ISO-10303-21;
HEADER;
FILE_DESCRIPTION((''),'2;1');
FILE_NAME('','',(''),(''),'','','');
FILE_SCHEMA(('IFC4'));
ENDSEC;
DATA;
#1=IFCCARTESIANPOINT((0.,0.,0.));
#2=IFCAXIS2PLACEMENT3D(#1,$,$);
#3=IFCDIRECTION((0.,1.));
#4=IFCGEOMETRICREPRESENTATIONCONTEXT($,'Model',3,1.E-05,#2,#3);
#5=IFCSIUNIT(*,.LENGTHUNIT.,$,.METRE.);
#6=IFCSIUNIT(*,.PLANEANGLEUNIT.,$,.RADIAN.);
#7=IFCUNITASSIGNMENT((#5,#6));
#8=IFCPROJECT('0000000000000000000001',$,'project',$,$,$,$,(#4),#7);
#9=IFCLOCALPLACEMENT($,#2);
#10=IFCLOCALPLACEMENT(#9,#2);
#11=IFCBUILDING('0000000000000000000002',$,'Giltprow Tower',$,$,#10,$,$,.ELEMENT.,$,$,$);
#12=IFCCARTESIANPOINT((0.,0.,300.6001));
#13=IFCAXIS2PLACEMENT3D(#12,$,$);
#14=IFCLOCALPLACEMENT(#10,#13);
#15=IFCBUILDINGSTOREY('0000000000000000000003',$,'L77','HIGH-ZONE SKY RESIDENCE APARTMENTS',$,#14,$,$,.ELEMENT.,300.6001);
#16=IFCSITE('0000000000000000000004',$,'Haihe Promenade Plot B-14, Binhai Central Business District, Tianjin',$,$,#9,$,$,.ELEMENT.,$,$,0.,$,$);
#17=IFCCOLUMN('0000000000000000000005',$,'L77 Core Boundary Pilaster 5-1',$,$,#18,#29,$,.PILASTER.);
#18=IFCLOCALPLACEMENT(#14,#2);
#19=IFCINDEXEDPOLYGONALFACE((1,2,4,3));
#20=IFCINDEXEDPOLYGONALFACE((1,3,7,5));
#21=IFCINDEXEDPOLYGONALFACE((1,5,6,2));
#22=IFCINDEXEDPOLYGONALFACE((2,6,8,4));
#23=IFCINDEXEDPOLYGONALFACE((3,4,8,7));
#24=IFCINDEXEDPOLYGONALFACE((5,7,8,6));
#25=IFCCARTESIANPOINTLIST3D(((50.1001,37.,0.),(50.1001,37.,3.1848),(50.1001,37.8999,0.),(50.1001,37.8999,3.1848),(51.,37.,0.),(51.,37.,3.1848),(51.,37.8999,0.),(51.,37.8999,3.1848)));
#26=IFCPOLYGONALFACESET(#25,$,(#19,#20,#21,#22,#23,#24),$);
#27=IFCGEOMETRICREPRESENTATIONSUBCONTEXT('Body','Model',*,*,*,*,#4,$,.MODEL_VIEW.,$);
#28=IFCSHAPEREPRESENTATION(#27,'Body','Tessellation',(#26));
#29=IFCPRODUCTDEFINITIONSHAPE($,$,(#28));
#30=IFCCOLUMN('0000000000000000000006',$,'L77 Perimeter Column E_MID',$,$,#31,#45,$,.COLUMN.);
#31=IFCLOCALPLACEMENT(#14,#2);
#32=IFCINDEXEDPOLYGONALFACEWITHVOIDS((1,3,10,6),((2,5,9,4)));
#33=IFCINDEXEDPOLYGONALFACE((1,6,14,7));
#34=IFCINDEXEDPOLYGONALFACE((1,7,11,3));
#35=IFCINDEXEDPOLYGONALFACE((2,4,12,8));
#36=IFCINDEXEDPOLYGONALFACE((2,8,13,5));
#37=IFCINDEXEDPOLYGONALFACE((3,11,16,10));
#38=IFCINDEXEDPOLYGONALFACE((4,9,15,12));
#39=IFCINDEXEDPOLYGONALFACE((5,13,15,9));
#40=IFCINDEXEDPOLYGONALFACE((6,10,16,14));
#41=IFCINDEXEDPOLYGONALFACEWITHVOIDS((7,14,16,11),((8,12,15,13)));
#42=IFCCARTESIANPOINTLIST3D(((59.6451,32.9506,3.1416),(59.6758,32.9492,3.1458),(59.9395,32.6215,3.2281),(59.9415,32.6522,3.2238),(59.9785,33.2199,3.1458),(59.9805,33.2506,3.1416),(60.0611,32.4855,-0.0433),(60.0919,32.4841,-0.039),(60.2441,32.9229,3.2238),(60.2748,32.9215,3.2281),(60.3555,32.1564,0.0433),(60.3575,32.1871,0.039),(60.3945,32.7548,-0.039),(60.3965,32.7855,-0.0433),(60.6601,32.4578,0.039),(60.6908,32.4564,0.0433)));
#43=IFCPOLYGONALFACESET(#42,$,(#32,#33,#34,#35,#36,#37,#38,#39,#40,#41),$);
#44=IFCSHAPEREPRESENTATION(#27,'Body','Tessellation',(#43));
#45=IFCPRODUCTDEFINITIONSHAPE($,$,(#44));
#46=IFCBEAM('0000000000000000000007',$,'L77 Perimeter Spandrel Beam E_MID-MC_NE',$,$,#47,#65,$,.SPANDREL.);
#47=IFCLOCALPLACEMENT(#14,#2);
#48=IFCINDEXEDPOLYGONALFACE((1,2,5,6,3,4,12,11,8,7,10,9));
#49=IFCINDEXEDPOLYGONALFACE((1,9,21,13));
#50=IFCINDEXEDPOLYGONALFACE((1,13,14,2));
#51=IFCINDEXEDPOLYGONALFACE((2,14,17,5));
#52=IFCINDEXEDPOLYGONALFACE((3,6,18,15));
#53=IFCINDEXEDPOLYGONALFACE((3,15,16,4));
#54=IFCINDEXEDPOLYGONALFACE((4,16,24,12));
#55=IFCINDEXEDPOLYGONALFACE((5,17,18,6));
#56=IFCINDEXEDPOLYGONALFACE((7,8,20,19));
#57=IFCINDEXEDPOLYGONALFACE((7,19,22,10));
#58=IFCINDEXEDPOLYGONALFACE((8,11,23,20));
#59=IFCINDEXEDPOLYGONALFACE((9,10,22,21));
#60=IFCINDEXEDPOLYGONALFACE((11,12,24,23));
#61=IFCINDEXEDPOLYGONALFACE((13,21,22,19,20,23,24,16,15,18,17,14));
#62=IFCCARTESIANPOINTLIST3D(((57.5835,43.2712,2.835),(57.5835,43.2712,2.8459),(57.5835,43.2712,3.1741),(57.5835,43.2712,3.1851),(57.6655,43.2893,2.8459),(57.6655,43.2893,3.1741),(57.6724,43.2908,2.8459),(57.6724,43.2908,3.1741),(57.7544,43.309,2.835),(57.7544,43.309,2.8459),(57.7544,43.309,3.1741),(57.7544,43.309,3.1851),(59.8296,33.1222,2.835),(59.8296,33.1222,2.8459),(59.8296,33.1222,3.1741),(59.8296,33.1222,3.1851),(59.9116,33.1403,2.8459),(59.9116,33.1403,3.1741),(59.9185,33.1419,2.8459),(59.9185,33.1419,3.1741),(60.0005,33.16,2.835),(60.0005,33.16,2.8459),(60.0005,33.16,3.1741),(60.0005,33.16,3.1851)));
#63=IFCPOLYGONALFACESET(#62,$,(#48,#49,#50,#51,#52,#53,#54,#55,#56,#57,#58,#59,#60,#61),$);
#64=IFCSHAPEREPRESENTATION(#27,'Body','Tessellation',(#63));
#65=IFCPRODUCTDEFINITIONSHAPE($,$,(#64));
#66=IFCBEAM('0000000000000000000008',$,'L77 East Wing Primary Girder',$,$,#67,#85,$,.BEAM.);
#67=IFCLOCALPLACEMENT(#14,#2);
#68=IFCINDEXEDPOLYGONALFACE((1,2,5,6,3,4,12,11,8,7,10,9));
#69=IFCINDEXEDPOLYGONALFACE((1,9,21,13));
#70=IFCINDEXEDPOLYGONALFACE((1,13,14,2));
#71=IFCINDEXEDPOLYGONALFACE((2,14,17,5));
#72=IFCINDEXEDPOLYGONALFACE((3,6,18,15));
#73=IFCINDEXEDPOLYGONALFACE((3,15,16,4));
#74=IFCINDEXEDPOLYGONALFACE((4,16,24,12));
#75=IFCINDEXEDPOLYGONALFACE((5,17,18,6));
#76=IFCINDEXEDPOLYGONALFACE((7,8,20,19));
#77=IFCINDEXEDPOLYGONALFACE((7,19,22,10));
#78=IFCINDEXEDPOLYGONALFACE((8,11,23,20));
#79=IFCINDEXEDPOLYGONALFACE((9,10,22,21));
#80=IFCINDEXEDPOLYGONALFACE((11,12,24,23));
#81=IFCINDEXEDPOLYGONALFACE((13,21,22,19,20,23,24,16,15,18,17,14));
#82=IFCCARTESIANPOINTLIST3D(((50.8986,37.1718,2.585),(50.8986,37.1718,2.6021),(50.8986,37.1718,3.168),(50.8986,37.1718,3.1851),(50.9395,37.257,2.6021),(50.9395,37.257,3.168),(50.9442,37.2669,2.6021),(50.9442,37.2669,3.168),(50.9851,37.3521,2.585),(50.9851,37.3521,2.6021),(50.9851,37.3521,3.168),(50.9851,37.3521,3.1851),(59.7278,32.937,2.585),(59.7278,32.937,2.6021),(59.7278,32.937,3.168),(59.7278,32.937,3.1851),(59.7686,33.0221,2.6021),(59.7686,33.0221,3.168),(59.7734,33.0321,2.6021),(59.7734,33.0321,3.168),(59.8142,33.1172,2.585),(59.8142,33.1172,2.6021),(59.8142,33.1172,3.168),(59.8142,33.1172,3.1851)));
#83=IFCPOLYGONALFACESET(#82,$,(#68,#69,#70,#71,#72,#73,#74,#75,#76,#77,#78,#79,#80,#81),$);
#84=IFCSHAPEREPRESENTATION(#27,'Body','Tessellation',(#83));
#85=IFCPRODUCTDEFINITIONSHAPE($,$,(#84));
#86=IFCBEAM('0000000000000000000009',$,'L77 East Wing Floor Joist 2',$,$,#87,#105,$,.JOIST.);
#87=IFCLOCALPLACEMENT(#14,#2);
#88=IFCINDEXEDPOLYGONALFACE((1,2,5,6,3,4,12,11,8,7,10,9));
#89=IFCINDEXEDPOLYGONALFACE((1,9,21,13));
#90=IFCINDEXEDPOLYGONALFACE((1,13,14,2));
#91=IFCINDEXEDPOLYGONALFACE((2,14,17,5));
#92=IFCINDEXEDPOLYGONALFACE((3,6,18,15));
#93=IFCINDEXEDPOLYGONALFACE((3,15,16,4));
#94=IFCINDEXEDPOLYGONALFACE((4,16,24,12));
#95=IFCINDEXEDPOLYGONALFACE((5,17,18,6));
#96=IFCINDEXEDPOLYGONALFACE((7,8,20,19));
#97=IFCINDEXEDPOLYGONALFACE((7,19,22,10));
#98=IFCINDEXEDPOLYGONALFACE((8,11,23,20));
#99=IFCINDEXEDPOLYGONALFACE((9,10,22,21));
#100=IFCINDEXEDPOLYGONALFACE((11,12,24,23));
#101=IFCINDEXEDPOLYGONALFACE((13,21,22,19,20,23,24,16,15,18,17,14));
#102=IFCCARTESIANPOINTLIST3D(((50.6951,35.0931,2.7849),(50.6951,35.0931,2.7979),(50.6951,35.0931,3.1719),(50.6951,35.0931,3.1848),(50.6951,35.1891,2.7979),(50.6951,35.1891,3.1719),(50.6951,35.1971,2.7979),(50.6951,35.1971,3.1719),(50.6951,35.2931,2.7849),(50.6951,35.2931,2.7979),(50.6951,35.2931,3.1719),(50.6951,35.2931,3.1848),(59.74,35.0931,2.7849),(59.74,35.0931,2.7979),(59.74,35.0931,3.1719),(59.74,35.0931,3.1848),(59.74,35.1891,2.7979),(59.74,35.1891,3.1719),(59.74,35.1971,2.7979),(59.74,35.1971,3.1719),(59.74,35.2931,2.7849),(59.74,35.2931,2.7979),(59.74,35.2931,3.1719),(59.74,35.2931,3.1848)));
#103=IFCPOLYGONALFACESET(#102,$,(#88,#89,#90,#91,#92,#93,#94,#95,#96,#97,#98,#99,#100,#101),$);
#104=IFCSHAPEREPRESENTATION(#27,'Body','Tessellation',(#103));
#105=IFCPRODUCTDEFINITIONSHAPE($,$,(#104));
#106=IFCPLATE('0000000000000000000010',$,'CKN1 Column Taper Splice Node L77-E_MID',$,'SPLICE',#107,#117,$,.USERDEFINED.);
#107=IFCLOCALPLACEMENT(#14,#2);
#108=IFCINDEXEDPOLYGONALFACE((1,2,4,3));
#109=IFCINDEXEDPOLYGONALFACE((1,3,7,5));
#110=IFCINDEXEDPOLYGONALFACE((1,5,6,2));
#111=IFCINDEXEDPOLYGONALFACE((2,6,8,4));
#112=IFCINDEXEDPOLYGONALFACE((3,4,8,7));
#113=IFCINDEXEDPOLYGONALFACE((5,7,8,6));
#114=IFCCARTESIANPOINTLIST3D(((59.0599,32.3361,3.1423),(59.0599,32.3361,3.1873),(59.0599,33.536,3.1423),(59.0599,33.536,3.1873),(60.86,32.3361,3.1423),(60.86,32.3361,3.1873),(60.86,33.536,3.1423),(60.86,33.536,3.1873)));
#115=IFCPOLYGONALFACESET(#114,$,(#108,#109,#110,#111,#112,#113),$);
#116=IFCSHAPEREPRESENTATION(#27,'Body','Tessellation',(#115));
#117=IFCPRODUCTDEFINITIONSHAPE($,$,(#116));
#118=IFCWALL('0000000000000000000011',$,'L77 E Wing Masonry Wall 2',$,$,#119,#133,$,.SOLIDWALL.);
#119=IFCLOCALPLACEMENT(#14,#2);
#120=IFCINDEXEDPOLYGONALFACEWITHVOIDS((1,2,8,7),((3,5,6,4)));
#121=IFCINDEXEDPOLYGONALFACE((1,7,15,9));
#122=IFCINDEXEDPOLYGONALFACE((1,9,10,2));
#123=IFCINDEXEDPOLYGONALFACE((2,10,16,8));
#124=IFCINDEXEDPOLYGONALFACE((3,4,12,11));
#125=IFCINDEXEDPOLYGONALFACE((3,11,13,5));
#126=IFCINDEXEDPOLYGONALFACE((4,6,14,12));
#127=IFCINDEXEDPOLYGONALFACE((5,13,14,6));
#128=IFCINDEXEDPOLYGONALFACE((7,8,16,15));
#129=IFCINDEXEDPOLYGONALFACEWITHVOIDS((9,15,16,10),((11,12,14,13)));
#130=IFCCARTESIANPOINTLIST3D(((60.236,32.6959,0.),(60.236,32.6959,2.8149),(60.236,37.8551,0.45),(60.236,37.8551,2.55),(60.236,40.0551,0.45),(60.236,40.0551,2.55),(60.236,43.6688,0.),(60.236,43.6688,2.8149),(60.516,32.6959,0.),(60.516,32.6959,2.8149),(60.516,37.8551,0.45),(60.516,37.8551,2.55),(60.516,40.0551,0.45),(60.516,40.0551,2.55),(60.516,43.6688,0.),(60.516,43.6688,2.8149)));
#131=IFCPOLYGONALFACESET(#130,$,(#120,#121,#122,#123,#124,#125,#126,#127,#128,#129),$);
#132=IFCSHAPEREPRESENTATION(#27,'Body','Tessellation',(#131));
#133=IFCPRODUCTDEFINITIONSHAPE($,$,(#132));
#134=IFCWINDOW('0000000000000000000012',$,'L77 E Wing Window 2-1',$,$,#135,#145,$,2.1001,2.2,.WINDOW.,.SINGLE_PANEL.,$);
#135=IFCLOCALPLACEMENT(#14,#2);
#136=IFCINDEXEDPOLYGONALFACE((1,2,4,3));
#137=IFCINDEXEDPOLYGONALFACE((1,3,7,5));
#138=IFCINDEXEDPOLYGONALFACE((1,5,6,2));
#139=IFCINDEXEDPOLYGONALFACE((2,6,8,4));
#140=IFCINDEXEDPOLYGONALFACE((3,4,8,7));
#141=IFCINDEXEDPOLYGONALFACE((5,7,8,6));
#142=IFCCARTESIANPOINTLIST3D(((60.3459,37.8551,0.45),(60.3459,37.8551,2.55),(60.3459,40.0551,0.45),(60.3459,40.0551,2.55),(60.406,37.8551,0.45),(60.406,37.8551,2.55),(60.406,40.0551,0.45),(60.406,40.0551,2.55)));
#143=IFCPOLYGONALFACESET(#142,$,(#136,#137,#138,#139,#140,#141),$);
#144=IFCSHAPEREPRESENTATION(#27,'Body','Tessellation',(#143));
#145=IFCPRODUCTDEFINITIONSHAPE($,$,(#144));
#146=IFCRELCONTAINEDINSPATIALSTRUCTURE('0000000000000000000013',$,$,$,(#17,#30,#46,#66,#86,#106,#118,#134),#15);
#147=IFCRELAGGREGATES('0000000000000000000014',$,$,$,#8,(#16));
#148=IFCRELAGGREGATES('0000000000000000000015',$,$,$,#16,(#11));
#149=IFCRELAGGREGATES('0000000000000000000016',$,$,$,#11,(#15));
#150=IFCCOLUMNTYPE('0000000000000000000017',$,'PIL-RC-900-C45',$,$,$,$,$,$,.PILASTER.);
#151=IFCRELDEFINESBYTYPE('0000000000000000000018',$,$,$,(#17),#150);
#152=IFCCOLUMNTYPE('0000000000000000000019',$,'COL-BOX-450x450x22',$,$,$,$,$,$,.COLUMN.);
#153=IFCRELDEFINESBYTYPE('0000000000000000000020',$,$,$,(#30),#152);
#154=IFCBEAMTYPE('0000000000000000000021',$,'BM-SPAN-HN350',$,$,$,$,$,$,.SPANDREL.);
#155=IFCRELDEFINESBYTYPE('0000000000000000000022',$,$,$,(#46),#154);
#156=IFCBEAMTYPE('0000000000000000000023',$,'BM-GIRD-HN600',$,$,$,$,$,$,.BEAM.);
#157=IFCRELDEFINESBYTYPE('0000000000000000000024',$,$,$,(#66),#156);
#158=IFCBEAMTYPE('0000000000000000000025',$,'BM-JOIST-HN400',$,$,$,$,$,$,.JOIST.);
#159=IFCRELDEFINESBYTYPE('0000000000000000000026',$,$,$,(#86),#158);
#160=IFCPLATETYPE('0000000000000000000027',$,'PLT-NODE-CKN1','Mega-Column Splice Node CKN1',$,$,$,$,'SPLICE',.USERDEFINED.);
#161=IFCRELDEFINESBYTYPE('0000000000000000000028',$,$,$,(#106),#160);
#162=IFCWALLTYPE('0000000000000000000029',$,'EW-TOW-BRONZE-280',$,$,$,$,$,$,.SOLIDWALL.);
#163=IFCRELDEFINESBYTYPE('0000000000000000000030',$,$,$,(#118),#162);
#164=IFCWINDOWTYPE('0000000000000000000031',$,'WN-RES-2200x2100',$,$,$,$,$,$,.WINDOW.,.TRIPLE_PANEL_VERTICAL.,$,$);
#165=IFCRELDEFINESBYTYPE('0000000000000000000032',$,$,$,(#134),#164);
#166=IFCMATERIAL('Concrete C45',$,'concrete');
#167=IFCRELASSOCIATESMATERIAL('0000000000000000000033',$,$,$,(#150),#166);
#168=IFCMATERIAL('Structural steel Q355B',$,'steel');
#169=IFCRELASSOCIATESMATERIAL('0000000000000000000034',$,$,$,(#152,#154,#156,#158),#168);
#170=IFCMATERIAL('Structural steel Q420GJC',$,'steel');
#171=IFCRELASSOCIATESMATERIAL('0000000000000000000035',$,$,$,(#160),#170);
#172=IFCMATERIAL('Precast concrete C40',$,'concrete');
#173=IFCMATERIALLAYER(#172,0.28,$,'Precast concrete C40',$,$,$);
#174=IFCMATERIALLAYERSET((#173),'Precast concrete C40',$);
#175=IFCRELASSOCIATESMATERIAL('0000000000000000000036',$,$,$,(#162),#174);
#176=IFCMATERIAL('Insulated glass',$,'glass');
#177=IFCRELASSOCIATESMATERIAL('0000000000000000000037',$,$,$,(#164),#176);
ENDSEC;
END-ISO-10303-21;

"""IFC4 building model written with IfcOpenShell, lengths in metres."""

from ifc_helpers import new_model, si_unit, direction, frame, frame_2d, origin, origin_2d, place, context, subcontext, project, spatial, rectangle, hollow_rectangle, i_section, extrude, source, transform, mapped, material, layer, layer_set, material_profile, profile_set, type_object, element, fill, save


model = new_model("IFC4")

# Units and contexts
model_context = context("Model", 3, precision=1e-05, world=origin(), true_north=direction((0.0, 1.0)))
body_context = subcontext(model_context, "Body", "Model", "MODEL_VIEW")
ifc_project = project(units=[si_unit("LENGTHUNIT", "METRE"), si_unit("PLANEANGLEUNIT", "RADIAN")], contexts=[model_context])

# Site, building, storey
site_placement = place(None, origin())
site = spatial("IfcSite", under=ifc_project, at=site_placement, Name="Haihe Promenade Plot B-14, Binhai Central Business District, Tianjin", CompositionType="ELEMENT", RefElevation=0.0)
building_placement = place(site_placement, origin())
building = spatial("IfcBuilding", under=site, at=building_placement, Name="Giltprow Tower", CompositionType="ELEMENT")
storey_placement = place(building_placement, frame((0.0, 0.0, 300.6001)))
storey = spatial("IfcBuildingStorey", under=building, at=storey_placement, Name="L77", Description="HIGH-ZONE SKY RESIDENCE APARTMENTS", CompositionType="ELEMENT", Elevation=300.6001)

# Columns
ifc_material_1 = material(Name="Concrete C45", Category="concrete")
ifc_material_profile_1 = material_profile(ifc_material_1, rectangle(XDim=0.8999, YDim=0.8999, at=origin_2d()), Name="RC 900x900")
ifc_profile_set_1 = profile_set([ifc_material_profile_1], Name="Concrete C45")
column_type_1 = type_object("IfcColumnType", Name="PIL-RC-900-C45", PredefinedType="PILASTER", material=ifc_profile_set_1)
shared_shape_1 = source(origin(), body_context, "Body", "SweptSolid", [
    extrude(rectangle(XDim=0.8999, YDim=0.8999, at=origin_2d()), origin(), (0.0, 0.0, 1.0), 3.1848),
])
column_1_placement = place(storey_placement, frame((50.55, 37.45, 0.0), z_axis=(0.0, 0.0, 1.0), x_axis=(1.0, 0.0, 0.0)))
element("IfcColumn", 1, at=column_1_placement, inside=storey, type_object=column_type_1, Name="L77 Core Boundary Pilaster 5-1", PredefinedType="PILASTER", context=body_context, shape_type="MappedRepresentation", body=[
    mapped(shared_shape_1, transform((0.0, 0.0, 0.0), x_axis=(1.0, 0.0, 0.0), y_axis=(0.0, 1.0, 0.0), z_axis=(0.0, 0.0, 1.0), scale=1.0)),
])
ifc_material_2 = material(Name="Structural steel Q355B", Category="steel")
ifc_material_profile_2 = material_profile(ifc_material_2, hollow_rectangle(XDim=0.45, YDim=0.45, WallThickness=0.022, at=origin_2d()), Name="BOX 450x450x22")
ifc_profile_set_2 = profile_set([ifc_material_profile_2], Name="Structural steel Q355B")
column_type_2 = type_object("IfcColumnType", Name="COL-BOX-450x450x22", PredefinedType="COLUMN", material=ifc_profile_set_2)
shared_shape_2 = source(origin(), body_context, "Body", "SweptSolid", [
    extrude(hollow_rectangle(XDim=0.45, YDim=0.45, WallThickness=0.022, at=origin_2d()), origin(), (0.0, 0.0, 1.0), 3.2454),
])
column_2_placement = place(storey_placement, frame((60.376, 32.4709, 0.0), z_axis=(-0.128187, 0.143308, 0.981341), x_axis=(-0.745333, -0.666692, 0.0)))
element("IfcColumn", 2, at=column_2_placement, inside=storey, type_object=column_type_2, Name="L77 Perimeter Column E_MID", PredefinedType="COLUMN", context=body_context, shape_type="MappedRepresentation", body=[
    mapped(shared_shape_2, transform((0.0, 0.0, 0.0), x_axis=(1.0, 0.0, 0.0), y_axis=(0.0, 1.0, 0.0), z_axis=(0.0, 0.0, 1.0), scale=1.0)),
])

# Beams
ifc_material_profile_3 = material_profile(ifc_material_2, i_section(OverallWidth=0.175, OverallDepth=0.3501, WebThickness=0.0071, FlangeThickness=0.011, at=origin_2d()), Name="HN 350x175x7x11")
ifc_profile_set_3 = profile_set([ifc_material_profile_3], Name="Structural steel Q355B")
beam_type_1 = type_object("IfcBeamType", Name="BM-SPAN-HN350", PredefinedType="SPANDREL", material=ifc_profile_set_3)
shared_shape_3 = source(origin(), body_context, "Body", "SweptSolid", [
    extrude(i_section(OverallWidth=0.175, OverallDepth=0.3501, WebThickness=0.0071, FlangeThickness=0.011, at=origin_2d()), origin(), (0.0, 0.0, 1.0), 10.3945),
])
beam_1_placement = place(storey_placement, frame((59.915, 33.1411, 3.01), z_axis=(-0.216085, 0.976375, 0.0), x_axis=(-0.976375, -0.216085, 0.0)))
element("IfcBeam", 3, at=beam_1_placement, inside=storey, type_object=beam_type_1, Name="L77 Perimeter Spandrel Beam E_MID-MC_NE", PredefinedType="SPANDREL", context=body_context, shape_type="MappedRepresentation", body=[
    mapped(shared_shape_3, transform((0.0, 0.0, 0.0), x_axis=(1.0, 0.0, 0.0), y_axis=(0.0, 1.0, 0.0), z_axis=(0.0, 0.0, 1.0), scale=1.0)),
])
ifc_material_profile_4 = material_profile(ifc_material_2, i_section(OverallWidth=0.2, OverallDepth=0.6001, WebThickness=0.011, FlangeThickness=0.0171, at=origin_2d()), Name="HN 600x200x11x17")
ifc_profile_set_4 = profile_set([ifc_material_profile_4], Name="Structural steel Q355B")
beam_type_2 = type_object("IfcBeamType", Name="BM-GIRD-HN600", PredefinedType="BEAM", material=ifc_profile_set_4)
shared_shape_4 = source(origin(), body_context, "Body", "SweptSolid", [
    extrude(i_section(OverallWidth=0.2, OverallDepth=0.6001, WebThickness=0.011, FlangeThickness=0.0171, at=origin_2d()), origin(), (0.0, 0.0, 1.0), 9.7922),
])
beam_2_placement = place(storey_placement, frame((59.771, 33.0271, 2.885), z_axis=(-0.901647, 0.432473, 0.0), x_axis=(-0.432473, -0.901647, 0.0)))
element("IfcBeam", 4, at=beam_2_placement, inside=storey, type_object=beam_type_2, Name="L77 East Wing Primary Girder", PredefinedType="BEAM", context=body_context, shape_type="MappedRepresentation", body=[
    mapped(shared_shape_4, transform((0.0, 0.0, 0.0), x_axis=(1.0, 0.0, 0.0), y_axis=(0.0, 1.0, 0.0), z_axis=(0.0, 0.0, 1.0), scale=1.0)),
])
ifc_material_profile_5 = material_profile(ifc_material_2, i_section(OverallWidth=0.2, OverallDepth=0.3999, WebThickness=0.0081, FlangeThickness=0.0129, at=origin_2d()), Name="HN 400x200x8x13")
ifc_profile_set_5 = profile_set([ifc_material_profile_5], Name="Structural steel Q355B")
beam_type_3 = type_object("IfcBeamType", Name="BM-JOIST-HN400", PredefinedType="JOIST", material=ifc_profile_set_5)
shared_shape_5 = source(origin(), body_context, "Body", "SweptSolid", [
    extrude(i_section(OverallWidth=0.2, OverallDepth=0.3999, WebThickness=0.0081, FlangeThickness=0.0129, at=origin_2d()), origin(), (0.0, 0.0, 1.0), 9.0449),
])
beam_3_placement = place(storey_placement, frame((50.6951, 35.1931, 2.9849), z_axis=(1.0, 0.0, 0.0), x_axis=(0.0, 1.0, 0.0)))
element("IfcBeam", 5, at=beam_3_placement, inside=storey, type_object=beam_type_3, Name="L77 East Wing Floor Joist 2", PredefinedType="JOIST", context=body_context, shape_type="MappedRepresentation", body=[
    mapped(shared_shape_5, transform((0.0, 0.0, 0.0), x_axis=(1.0, 0.0, 0.0), y_axis=(0.0, 1.0, 0.0), z_axis=(0.0, 0.0, 1.0), scale=1.0)),
])

# Plate
ifc_material_3 = material(Name="Structural steel Q420GJC", Category="steel")
plate_type = type_object("IfcPlateType", Name="PLT-NODE-CKN1", Description="Mega-Column Splice Node CKN1", ElementType="SPLICE", PredefinedType="USERDEFINED", material=ifc_material_3)
shared_shape_6 = source(origin(), body_context, "Body", "SweptSolid", [
    extrude(rectangle(XDim=1.8, YDim=1.2, at=origin_2d()), origin(), (0.0, 0.0, 1.0), 0.0449),
])
plate_placement = place(storey_placement, frame((59.96, 32.936, 3.1423), z_axis=(0.0, 0.0, 1.0), x_axis=(1.0, 0.0, 0.0)))
element("IfcPlate", 6, at=plate_placement, inside=storey, type_object=plate_type, Name="CKN1 Column Taper Splice Node L77-E_MID", ObjectType="SPLICE", PredefinedType="USERDEFINED", context=body_context, shape_type="MappedRepresentation", body=[
    mapped(shared_shape_6, transform((0.0, 0.0, 0.0), x_axis=(1.0, 0.0, 0.0), y_axis=(0.0, 1.0, 0.0), z_axis=(0.0, 0.0, 1.0), scale=1.0)),
])

# Wall, opening, window
ifc_material_4 = material(Name="Precast concrete C40", Category="concrete")
ifc_layer_1 = layer(ifc_material_4, 0.28, Name="Precast concrete C40")
ifc_layer_set_1 = layer_set([ifc_layer_1], Name="Precast concrete C40")
wall_type_1 = type_object("IfcWallType", Name="EW-TOW-BRONZE-280", PredefinedType="SOLIDWALL", material=ifc_layer_set_1)
wall_1_placement = place(storey_placement, frame((60.376, 32.696, 0.0), z_axis=(0.0, 0.0, 1.0), x_axis=(0.0, 1.0, 0.0)))
wall_1 = element("IfcWall", 7, at=wall_1_placement, inside=storey, type_object=wall_type_1, Name="L77 E Wing Masonry Wall 2", PredefinedType="SOLIDWALL", context=body_context, shape_type="SweptSolid", body=[
    extrude(rectangle(XDim=10.9729, YDim=0.28, at=frame_2d((5.4863, 0.0))), origin(), (0.0, 0.0, 1.0), 2.8149),
])
opening_1_placement = place(wall_1_placement, frame((5.1589, 0.0, 0.45)))
opening_1 = element("IfcOpeningElement", 8, at=opening_1_placement, cuts=wall_1, PredefinedType="OPENING", context=body_context, shape_type="SweptSolid", body=[
    extrude(rectangle(XDim=2.2, YDim=2.1001, at=frame_2d((1.1001, 1.05))), frame((0.0, 0.1499, 0.0), z_axis=(0.0, -1.0, 0.0), x_axis=(1.0, 0.0, 0.0)), (0.0, 0.0, 1.0), 0.3),
])
ifc_material_5 = material(Name="Insulated glass", Category="glass")
window_type = type_object("IfcWindowType", Name="WN-RES-2200x2100", PartitioningType="TRIPLE_PANEL_VERTICAL", PredefinedType="WINDOW", material=ifc_material_5)
shared_shape_7 = source(origin(), body_context, "Body", "SweptSolid", [
    extrude(rectangle(XDim=2.2, YDim=2.1001, at=frame_2d((1.1001, 1.05))), frame((0.0, 0.03, 0.0), z_axis=(0.0, -1.0, 0.0), x_axis=(1.0, 0.0, 0.0)), (0.0, 0.0, 1.0), 0.0601),
])
window_placement = place(opening_1_placement, origin())
window = element("IfcWindow", 9, at=window_placement, inside=storey, type_object=window_type, Name="L77 E Wing Window 2-1", OverallHeight=2.1001, OverallWidth=2.2, PartitioningType="SINGLE_PANEL", PredefinedType="WINDOW", context=body_context, shape_type="MappedRepresentation", body=[
    mapped(shared_shape_7, transform((0.0, 0.0, 0.0), x_axis=(1.0, 0.0, 0.0), y_axis=(0.0, 1.0, 0.0), z_axis=(0.0, 0.0, 1.0), scale=1.0)),
])
fill(opening_1, window)

save(model, "model.ifc")
